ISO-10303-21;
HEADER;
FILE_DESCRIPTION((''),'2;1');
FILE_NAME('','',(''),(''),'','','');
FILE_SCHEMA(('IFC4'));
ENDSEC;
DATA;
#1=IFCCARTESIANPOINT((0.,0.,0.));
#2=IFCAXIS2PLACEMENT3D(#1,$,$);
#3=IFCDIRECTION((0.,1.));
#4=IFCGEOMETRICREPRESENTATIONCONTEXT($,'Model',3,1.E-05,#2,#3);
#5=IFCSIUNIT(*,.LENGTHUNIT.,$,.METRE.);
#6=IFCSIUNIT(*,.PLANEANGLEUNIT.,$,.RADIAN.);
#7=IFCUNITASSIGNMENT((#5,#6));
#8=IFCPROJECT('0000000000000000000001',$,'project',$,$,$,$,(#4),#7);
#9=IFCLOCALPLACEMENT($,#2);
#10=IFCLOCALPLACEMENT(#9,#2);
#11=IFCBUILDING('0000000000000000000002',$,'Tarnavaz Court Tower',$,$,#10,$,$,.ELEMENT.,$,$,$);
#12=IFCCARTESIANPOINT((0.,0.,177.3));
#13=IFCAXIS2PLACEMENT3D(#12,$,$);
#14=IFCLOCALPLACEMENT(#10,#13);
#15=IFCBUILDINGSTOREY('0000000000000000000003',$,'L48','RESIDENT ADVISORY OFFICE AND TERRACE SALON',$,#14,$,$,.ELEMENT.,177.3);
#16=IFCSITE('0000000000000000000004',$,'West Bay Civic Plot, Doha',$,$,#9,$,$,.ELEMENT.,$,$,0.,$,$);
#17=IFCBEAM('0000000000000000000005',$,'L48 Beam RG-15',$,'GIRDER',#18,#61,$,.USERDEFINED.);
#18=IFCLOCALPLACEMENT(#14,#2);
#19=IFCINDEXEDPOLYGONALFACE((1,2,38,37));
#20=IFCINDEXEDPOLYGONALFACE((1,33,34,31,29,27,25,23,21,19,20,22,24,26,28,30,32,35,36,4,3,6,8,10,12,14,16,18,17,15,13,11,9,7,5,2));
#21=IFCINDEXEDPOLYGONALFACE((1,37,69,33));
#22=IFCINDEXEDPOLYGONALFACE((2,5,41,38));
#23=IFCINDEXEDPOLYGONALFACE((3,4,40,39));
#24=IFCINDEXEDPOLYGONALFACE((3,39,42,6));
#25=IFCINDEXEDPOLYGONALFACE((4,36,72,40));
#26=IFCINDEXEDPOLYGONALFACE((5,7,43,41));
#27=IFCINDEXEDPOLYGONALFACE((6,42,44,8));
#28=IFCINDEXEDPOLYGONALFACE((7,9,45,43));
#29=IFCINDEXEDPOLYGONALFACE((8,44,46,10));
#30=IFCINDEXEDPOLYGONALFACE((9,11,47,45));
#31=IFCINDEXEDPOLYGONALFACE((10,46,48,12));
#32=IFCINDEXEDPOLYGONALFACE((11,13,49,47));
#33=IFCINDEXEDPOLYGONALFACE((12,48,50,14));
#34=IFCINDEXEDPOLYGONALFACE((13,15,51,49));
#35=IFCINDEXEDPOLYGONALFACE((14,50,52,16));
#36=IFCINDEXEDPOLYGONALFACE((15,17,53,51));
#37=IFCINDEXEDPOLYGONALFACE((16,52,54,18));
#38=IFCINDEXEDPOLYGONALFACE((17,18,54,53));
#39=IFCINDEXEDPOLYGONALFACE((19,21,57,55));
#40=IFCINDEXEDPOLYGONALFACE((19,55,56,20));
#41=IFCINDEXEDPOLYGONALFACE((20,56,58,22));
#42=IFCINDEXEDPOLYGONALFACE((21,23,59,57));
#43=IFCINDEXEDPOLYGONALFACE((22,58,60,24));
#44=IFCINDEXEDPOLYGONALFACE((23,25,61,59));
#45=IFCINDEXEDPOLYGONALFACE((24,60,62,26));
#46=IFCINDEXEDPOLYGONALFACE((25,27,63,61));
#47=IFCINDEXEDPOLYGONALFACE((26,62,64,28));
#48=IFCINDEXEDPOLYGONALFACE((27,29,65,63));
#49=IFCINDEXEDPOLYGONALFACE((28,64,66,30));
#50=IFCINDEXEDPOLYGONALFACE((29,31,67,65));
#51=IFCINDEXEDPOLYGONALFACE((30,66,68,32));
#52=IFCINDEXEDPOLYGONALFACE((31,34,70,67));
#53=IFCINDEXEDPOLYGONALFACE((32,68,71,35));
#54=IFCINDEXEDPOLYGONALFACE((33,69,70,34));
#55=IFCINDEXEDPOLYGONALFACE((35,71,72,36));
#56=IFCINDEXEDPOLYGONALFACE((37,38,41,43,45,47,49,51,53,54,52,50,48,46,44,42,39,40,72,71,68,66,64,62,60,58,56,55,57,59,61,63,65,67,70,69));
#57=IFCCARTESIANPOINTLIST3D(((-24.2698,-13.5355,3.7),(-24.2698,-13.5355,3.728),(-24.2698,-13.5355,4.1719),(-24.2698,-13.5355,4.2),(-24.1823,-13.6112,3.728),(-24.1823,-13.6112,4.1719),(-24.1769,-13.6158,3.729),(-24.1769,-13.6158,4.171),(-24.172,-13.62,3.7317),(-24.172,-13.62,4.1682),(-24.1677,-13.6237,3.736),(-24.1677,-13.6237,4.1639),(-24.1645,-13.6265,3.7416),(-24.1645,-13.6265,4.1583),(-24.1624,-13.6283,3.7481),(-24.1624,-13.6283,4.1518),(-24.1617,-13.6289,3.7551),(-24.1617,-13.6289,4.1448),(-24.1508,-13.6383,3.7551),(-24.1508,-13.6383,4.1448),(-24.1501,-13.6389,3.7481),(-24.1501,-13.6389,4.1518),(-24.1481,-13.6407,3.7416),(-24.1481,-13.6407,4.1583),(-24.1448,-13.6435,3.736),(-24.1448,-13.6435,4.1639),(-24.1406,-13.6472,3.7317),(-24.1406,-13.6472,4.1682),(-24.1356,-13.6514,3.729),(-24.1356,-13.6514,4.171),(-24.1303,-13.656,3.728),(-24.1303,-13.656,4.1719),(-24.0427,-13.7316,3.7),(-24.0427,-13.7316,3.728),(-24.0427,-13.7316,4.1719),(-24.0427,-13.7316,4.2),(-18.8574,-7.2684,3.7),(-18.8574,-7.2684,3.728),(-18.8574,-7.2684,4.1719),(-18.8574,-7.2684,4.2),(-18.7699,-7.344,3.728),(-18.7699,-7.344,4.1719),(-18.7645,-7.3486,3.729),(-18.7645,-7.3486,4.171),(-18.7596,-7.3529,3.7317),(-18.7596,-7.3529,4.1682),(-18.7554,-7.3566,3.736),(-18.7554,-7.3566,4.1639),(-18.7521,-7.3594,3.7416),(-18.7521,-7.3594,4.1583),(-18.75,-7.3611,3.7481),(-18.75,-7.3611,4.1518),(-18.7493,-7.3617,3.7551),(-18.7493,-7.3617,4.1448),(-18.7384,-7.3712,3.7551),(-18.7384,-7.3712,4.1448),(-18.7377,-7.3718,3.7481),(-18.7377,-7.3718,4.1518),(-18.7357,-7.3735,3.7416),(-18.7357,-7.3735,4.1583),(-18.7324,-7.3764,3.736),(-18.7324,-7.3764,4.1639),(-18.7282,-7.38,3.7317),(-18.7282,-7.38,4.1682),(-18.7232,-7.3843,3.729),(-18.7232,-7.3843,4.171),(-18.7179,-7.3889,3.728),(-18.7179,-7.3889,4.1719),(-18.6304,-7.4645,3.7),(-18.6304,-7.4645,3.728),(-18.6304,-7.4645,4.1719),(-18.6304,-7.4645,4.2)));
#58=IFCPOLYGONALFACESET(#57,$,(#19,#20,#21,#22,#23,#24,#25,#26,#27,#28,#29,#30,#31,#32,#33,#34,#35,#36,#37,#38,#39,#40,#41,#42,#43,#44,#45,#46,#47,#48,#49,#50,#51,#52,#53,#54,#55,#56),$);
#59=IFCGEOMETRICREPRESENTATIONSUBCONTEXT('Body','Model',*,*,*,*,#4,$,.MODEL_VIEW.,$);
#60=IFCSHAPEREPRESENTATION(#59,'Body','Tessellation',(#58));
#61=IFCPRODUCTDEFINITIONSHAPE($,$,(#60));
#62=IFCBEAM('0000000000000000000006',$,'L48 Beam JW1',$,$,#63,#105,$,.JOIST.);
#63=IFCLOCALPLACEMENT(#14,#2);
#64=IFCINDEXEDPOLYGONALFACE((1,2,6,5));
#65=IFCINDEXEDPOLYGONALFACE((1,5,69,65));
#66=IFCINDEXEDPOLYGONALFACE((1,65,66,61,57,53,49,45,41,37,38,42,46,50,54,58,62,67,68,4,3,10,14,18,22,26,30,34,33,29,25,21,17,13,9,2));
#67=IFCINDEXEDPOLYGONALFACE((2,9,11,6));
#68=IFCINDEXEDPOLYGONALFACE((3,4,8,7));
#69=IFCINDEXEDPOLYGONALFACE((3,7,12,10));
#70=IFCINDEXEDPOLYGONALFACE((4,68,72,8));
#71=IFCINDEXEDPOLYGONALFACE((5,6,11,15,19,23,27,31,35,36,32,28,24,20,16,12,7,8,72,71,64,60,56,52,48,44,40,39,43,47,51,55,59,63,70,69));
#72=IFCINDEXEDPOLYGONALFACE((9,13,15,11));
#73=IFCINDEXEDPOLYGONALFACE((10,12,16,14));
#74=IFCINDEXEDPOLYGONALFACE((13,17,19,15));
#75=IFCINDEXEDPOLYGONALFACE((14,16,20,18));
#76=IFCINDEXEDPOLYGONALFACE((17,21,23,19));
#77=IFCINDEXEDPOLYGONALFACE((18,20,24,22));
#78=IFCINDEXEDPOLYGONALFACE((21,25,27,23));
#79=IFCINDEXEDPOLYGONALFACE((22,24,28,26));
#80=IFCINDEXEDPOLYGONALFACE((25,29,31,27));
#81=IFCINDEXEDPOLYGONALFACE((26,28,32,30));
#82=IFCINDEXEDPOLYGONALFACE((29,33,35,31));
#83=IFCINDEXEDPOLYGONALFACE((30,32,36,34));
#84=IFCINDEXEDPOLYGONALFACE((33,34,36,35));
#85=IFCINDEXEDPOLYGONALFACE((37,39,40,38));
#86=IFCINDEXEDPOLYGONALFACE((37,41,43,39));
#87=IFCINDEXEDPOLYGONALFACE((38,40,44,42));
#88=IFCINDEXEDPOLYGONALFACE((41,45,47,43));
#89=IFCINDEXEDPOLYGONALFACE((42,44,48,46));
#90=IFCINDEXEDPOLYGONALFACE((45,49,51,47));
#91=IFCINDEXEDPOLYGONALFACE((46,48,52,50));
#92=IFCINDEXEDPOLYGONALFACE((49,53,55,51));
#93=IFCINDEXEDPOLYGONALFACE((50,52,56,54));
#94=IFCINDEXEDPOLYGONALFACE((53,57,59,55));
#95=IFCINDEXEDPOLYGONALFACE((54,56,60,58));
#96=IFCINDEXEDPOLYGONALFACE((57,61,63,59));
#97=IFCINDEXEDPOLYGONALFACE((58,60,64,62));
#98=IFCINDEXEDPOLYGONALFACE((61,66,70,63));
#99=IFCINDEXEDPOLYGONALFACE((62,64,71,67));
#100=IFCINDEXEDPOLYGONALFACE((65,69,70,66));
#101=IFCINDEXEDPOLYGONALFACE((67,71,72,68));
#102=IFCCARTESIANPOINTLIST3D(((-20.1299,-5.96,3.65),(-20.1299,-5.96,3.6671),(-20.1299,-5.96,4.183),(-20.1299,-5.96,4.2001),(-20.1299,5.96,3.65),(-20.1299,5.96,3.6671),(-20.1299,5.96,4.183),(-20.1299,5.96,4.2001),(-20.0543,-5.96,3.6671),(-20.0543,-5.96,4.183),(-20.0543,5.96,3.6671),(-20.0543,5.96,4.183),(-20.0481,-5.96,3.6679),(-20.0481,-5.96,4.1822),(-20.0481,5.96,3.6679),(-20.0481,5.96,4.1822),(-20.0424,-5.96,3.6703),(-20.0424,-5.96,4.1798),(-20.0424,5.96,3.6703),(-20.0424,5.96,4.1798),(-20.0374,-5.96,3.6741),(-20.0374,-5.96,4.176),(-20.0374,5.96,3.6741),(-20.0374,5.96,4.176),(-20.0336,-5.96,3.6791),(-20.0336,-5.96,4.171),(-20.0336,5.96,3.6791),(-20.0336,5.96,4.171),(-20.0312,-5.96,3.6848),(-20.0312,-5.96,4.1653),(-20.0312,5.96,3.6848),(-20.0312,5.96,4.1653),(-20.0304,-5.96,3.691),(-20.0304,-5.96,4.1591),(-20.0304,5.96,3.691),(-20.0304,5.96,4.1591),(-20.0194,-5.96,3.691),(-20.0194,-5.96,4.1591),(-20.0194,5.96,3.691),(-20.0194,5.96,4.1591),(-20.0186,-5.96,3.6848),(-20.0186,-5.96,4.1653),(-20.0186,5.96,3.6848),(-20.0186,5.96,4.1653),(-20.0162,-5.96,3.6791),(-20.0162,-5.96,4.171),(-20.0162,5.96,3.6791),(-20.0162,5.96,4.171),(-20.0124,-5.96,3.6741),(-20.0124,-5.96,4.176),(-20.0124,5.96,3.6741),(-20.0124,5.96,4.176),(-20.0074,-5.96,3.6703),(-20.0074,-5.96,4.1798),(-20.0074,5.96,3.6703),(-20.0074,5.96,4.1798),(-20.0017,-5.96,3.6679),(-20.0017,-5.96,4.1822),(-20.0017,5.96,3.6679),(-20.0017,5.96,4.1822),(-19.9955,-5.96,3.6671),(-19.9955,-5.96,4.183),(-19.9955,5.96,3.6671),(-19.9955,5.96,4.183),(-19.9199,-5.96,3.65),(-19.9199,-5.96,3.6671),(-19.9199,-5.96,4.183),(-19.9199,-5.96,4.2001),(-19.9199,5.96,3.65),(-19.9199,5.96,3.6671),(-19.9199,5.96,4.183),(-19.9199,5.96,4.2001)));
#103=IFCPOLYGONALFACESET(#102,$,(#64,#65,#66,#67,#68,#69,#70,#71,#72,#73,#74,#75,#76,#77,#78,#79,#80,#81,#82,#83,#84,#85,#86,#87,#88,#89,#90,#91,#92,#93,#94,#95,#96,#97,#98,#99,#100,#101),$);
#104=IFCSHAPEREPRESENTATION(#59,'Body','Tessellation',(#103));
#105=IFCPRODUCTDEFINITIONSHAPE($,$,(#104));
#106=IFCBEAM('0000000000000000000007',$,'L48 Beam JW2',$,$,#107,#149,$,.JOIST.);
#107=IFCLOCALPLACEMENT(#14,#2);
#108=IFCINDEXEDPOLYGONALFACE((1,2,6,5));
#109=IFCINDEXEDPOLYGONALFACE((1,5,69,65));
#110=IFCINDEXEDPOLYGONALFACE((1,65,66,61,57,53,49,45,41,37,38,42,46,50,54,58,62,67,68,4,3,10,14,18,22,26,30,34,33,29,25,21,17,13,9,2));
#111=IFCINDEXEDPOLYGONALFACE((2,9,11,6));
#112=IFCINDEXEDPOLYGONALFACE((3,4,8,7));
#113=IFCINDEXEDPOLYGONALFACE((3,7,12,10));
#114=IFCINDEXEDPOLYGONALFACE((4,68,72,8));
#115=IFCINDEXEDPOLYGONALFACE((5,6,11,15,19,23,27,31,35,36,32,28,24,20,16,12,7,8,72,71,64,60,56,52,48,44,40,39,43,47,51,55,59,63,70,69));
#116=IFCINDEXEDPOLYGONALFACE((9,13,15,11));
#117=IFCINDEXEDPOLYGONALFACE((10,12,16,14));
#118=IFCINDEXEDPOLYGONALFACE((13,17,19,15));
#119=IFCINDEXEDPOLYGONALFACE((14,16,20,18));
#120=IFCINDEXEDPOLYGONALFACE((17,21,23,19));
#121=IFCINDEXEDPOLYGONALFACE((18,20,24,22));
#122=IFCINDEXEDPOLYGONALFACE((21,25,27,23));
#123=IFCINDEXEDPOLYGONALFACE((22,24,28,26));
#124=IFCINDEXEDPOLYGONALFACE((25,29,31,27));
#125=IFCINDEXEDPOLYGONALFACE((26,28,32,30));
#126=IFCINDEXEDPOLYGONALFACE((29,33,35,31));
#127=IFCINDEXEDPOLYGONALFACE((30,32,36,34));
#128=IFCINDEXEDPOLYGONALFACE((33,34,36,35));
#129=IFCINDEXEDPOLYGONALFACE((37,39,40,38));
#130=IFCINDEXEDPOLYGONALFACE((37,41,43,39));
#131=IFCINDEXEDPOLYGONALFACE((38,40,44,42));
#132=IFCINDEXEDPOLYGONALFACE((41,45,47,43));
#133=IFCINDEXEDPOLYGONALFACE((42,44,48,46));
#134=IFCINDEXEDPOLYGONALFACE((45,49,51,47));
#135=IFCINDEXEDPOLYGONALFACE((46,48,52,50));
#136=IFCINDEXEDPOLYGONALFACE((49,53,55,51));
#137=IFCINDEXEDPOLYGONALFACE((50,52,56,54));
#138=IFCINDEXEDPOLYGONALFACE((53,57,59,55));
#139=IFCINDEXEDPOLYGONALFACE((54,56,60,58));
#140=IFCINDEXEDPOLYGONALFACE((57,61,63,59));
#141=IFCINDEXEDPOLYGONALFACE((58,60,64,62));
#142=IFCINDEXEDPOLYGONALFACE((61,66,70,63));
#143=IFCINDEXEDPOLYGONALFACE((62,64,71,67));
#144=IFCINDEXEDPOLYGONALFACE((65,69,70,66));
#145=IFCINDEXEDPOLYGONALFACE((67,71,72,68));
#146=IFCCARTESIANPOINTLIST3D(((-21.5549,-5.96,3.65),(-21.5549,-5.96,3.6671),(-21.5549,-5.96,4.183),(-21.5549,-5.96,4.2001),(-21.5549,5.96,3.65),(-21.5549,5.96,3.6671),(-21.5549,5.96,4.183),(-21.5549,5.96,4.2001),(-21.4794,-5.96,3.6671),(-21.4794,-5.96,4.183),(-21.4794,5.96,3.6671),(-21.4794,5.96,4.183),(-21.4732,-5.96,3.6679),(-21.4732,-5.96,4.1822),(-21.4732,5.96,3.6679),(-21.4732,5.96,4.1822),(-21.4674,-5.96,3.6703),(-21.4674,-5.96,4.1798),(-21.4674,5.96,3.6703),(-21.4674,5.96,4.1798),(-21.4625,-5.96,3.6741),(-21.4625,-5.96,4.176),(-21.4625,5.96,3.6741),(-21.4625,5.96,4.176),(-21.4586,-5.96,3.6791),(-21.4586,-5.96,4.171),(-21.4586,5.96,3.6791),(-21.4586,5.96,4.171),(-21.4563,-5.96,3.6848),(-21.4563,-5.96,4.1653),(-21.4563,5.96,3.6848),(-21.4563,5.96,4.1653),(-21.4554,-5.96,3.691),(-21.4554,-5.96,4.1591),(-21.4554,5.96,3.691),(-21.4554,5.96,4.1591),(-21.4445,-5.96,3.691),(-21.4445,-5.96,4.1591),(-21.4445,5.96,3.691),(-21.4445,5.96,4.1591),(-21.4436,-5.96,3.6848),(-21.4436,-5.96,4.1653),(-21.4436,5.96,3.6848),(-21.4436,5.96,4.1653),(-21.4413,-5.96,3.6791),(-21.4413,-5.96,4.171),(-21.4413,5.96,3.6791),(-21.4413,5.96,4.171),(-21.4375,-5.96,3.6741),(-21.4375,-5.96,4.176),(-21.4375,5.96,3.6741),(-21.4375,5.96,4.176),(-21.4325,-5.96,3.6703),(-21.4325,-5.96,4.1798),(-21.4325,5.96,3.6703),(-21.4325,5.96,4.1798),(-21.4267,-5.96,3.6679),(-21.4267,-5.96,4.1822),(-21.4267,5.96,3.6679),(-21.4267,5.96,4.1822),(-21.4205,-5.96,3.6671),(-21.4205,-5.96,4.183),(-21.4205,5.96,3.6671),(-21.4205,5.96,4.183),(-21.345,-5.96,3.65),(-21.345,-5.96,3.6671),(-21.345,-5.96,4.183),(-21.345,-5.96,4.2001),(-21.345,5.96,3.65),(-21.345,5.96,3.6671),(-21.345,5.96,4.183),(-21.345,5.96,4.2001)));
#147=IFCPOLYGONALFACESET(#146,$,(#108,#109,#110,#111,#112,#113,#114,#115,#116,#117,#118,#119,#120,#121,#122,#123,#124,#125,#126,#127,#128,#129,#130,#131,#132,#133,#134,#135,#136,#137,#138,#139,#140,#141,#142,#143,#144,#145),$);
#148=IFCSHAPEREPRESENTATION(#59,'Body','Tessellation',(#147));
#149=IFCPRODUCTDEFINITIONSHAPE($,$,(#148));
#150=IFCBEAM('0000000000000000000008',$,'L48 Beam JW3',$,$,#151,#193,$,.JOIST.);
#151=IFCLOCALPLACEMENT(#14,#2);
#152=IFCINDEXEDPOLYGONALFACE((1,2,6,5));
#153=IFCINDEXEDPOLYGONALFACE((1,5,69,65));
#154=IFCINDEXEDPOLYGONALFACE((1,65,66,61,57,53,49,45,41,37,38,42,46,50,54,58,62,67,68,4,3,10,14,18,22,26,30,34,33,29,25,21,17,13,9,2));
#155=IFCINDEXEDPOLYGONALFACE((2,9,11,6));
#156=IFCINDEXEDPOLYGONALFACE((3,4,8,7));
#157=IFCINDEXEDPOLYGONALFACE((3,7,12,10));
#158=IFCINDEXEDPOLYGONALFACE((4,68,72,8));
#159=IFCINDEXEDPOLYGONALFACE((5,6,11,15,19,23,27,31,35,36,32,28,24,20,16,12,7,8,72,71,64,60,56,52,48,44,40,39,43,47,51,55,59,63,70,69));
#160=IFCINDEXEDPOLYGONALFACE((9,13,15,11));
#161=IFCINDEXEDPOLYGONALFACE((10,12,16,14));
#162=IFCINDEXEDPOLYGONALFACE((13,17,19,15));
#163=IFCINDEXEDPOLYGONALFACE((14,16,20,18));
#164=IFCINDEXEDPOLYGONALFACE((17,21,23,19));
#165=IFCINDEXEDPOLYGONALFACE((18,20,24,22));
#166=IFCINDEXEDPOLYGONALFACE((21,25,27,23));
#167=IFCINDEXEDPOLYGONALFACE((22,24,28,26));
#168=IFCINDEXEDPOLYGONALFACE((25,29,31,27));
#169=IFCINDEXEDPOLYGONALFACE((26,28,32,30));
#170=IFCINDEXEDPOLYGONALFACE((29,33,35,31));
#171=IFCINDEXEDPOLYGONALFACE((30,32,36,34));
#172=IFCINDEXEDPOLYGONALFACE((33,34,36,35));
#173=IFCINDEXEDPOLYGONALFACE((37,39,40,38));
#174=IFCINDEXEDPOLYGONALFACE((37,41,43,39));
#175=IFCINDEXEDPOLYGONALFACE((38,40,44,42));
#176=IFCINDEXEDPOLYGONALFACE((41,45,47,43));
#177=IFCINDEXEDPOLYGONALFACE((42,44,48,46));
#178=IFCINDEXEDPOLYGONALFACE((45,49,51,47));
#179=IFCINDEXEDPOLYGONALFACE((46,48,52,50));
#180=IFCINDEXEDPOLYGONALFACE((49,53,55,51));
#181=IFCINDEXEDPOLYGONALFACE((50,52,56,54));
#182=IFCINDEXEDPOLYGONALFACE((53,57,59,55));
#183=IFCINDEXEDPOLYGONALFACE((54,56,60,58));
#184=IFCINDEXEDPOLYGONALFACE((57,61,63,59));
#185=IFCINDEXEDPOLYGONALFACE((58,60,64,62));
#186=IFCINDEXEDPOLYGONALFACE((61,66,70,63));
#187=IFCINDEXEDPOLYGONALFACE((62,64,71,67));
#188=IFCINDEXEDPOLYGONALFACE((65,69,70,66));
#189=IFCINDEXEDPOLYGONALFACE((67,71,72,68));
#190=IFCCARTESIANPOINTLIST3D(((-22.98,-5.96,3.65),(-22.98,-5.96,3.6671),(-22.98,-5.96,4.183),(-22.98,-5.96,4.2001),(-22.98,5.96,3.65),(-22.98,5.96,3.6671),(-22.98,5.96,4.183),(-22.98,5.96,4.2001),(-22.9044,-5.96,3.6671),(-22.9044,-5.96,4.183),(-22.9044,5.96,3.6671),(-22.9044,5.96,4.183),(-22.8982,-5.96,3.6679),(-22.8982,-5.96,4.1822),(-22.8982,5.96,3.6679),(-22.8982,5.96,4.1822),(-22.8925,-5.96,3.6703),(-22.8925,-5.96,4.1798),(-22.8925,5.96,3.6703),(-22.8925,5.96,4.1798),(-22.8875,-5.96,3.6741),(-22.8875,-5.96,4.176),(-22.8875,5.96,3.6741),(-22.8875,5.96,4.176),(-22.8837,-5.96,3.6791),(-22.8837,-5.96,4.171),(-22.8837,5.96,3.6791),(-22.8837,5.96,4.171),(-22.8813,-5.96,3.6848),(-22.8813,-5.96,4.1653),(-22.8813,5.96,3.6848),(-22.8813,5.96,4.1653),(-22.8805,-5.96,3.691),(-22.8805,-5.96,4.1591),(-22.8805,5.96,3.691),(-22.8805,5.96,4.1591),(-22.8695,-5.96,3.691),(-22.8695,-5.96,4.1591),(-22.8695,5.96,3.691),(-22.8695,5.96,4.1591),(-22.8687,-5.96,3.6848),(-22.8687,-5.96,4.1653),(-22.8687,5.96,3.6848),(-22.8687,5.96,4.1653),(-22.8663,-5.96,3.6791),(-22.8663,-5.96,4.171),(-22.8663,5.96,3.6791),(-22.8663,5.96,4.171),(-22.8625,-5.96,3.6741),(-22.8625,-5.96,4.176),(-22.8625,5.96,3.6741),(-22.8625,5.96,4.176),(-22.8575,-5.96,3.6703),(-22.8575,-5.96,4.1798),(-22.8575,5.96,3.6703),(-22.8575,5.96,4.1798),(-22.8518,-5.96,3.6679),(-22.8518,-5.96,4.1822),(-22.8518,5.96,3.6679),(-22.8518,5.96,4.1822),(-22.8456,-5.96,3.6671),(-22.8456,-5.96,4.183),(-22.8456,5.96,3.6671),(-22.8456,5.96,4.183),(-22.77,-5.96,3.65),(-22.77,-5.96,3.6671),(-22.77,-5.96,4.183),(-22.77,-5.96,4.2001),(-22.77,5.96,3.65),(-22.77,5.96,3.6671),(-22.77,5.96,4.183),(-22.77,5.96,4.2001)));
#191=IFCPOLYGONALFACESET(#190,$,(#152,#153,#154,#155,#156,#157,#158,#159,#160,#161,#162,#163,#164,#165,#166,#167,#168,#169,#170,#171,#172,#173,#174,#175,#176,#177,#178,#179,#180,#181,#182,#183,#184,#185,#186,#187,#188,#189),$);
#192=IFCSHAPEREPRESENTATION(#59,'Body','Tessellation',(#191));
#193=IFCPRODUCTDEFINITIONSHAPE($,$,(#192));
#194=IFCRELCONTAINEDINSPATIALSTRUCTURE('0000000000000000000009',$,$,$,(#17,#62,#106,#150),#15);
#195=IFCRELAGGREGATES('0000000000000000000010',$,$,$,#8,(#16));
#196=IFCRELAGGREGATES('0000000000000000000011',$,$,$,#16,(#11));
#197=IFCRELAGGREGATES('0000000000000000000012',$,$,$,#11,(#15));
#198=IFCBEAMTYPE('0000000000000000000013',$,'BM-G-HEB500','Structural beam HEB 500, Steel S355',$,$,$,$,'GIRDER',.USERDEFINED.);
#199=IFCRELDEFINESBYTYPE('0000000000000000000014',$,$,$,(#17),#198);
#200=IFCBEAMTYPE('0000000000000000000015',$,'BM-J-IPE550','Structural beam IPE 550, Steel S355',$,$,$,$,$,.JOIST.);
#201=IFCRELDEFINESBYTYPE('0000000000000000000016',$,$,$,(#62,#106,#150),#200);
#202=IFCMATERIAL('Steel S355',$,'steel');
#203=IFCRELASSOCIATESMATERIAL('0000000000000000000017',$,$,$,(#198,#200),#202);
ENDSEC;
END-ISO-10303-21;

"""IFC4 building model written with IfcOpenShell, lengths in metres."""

from ifc_helpers import new_model, si_unit, direction, frame, origin, origin_2d, place, context, subcontext, project, spatial, i_section, extrude, material, material_profile, profile_set, type_object, element, save


model = new_model("IFC4")

# Units and contexts
model_context = context("Model", 3, precision=1e-05, world=origin(), true_north=direction((0.0, 1.0)))
body_context = subcontext(model_context, "Body", "Model", "MODEL_VIEW")
ifc_project = project(units=[si_unit("LENGTHUNIT", "METRE"), si_unit("PLANEANGLEUNIT", "RADIAN")], contexts=[model_context])

# Site, building, storey
site_placement = place(None, origin())
site = spatial("IfcSite", under=ifc_project, at=site_placement, Name="West Bay Civic Plot, Doha", CompositionType="ELEMENT", RefElevation=0.0)
building_placement = place(site_placement, origin())
building = spatial("IfcBuilding", under=site, at=building_placement, Name="Tarnavaz Court Tower", CompositionType="ELEMENT")
storey_placement = place(building_placement, frame((0.0, 0.0, 177.3)))
storey = spatial("IfcBuildingStorey", under=building, at=storey_placement, Name="L48", Description="RESIDENT ADVISORY OFFICE AND TERRACE SALON", CompositionType="ELEMENT", Elevation=177.3)

# Beams
ifc_material_1 = material(Name="Steel S355", Category="steel")
ifc_material_profile_1 = material_profile(ifc_material_1, i_section(OverallWidth=0.3, OverallDepth=0.5, WebThickness=0.0144, FlangeThickness=0.0281, FilletRadius=0.0271, at=origin_2d()), Name="HEB 500")
ifc_profile_set_1 = profile_set([ifc_material_profile_1], Name="Steel S355")
beam_type_1 = type_object("IfcBeamType", Name="BM-G-HEB500", Description="Structural beam HEB 500, Steel S355", ElementType="GIRDER", PredefinedType="USERDEFINED", material=ifc_profile_set_1)
beam_1_placement = place(storey_placement, frame((-18.7439, -7.3665, 3.95), z_axis=(-0.653611, -0.756831, 0.0), x_axis=(0.756831, -0.653611, 0.0)))
element("IfcBeam", 1, at=beam_1_placement, inside=storey, type_object=beam_type_1, Name="L48 Beam RG-15", ObjectType="GIRDER", PredefinedType="USERDEFINED", context=body_context, shape_type="SweptSolid", body=[
    extrude(i_section(OverallWidth=0.3, OverallDepth=0.5, WebThickness=0.0144, FlangeThickness=0.0281, FilletRadius=0.0271, at=origin_2d()), origin(), (0.0, 0.0, 1.0), 8.2808),
])
ifc_material_profile_2 = material_profile(ifc_material_1, i_section(OverallWidth=0.21, OverallDepth=0.55, WebThickness=0.011, FlangeThickness=0.0171, FilletRadius=0.0239, at=origin_2d()), Name="IPE 550")
ifc_profile_set_2 = profile_set([ifc_material_profile_2], Name="Steel S355")
beam_type_2 = type_object("IfcBeamType", Name="BM-J-IPE550", Description="Structural beam IPE 550, Steel S355", PredefinedType="JOIST", material=ifc_profile_set_2)
for number, where, z_axis, x_axis, name in (
    (2, (-20.0249, -5.96, 3.925), (0.0, 1.0, 0.0), (-1.0, 0.0, 0.0), "L48 Beam JW1"),
    (3, (-21.45, -5.96, 3.925), (0.0, 1.0, 0.0), (-1.0, 0.0, 0.0), "L48 Beam JW2"),
    (4, (-22.875, -5.96, 3.925), (0.0, 1.0, 0.0), (-1.0, 0.0, 0.0), "L48 Beam JW3"),
):
    element("IfcBeam", number, at=place(storey_placement, frame(where, z_axis=z_axis, x_axis=x_axis)), inside=storey, type_object=beam_type_2, Name=name, PredefinedType="JOIST", context=body_context, shape_type="SweptSolid", body=[
        extrude(i_section(OverallWidth=0.21, OverallDepth=0.55, WebThickness=0.011, FlangeThickness=0.0171, FilletRadius=0.0239, at=origin_2d()), origin(), (0.0, 0.0, 1.0), 11.9199),
    ])

save(model, "model.ifc")
